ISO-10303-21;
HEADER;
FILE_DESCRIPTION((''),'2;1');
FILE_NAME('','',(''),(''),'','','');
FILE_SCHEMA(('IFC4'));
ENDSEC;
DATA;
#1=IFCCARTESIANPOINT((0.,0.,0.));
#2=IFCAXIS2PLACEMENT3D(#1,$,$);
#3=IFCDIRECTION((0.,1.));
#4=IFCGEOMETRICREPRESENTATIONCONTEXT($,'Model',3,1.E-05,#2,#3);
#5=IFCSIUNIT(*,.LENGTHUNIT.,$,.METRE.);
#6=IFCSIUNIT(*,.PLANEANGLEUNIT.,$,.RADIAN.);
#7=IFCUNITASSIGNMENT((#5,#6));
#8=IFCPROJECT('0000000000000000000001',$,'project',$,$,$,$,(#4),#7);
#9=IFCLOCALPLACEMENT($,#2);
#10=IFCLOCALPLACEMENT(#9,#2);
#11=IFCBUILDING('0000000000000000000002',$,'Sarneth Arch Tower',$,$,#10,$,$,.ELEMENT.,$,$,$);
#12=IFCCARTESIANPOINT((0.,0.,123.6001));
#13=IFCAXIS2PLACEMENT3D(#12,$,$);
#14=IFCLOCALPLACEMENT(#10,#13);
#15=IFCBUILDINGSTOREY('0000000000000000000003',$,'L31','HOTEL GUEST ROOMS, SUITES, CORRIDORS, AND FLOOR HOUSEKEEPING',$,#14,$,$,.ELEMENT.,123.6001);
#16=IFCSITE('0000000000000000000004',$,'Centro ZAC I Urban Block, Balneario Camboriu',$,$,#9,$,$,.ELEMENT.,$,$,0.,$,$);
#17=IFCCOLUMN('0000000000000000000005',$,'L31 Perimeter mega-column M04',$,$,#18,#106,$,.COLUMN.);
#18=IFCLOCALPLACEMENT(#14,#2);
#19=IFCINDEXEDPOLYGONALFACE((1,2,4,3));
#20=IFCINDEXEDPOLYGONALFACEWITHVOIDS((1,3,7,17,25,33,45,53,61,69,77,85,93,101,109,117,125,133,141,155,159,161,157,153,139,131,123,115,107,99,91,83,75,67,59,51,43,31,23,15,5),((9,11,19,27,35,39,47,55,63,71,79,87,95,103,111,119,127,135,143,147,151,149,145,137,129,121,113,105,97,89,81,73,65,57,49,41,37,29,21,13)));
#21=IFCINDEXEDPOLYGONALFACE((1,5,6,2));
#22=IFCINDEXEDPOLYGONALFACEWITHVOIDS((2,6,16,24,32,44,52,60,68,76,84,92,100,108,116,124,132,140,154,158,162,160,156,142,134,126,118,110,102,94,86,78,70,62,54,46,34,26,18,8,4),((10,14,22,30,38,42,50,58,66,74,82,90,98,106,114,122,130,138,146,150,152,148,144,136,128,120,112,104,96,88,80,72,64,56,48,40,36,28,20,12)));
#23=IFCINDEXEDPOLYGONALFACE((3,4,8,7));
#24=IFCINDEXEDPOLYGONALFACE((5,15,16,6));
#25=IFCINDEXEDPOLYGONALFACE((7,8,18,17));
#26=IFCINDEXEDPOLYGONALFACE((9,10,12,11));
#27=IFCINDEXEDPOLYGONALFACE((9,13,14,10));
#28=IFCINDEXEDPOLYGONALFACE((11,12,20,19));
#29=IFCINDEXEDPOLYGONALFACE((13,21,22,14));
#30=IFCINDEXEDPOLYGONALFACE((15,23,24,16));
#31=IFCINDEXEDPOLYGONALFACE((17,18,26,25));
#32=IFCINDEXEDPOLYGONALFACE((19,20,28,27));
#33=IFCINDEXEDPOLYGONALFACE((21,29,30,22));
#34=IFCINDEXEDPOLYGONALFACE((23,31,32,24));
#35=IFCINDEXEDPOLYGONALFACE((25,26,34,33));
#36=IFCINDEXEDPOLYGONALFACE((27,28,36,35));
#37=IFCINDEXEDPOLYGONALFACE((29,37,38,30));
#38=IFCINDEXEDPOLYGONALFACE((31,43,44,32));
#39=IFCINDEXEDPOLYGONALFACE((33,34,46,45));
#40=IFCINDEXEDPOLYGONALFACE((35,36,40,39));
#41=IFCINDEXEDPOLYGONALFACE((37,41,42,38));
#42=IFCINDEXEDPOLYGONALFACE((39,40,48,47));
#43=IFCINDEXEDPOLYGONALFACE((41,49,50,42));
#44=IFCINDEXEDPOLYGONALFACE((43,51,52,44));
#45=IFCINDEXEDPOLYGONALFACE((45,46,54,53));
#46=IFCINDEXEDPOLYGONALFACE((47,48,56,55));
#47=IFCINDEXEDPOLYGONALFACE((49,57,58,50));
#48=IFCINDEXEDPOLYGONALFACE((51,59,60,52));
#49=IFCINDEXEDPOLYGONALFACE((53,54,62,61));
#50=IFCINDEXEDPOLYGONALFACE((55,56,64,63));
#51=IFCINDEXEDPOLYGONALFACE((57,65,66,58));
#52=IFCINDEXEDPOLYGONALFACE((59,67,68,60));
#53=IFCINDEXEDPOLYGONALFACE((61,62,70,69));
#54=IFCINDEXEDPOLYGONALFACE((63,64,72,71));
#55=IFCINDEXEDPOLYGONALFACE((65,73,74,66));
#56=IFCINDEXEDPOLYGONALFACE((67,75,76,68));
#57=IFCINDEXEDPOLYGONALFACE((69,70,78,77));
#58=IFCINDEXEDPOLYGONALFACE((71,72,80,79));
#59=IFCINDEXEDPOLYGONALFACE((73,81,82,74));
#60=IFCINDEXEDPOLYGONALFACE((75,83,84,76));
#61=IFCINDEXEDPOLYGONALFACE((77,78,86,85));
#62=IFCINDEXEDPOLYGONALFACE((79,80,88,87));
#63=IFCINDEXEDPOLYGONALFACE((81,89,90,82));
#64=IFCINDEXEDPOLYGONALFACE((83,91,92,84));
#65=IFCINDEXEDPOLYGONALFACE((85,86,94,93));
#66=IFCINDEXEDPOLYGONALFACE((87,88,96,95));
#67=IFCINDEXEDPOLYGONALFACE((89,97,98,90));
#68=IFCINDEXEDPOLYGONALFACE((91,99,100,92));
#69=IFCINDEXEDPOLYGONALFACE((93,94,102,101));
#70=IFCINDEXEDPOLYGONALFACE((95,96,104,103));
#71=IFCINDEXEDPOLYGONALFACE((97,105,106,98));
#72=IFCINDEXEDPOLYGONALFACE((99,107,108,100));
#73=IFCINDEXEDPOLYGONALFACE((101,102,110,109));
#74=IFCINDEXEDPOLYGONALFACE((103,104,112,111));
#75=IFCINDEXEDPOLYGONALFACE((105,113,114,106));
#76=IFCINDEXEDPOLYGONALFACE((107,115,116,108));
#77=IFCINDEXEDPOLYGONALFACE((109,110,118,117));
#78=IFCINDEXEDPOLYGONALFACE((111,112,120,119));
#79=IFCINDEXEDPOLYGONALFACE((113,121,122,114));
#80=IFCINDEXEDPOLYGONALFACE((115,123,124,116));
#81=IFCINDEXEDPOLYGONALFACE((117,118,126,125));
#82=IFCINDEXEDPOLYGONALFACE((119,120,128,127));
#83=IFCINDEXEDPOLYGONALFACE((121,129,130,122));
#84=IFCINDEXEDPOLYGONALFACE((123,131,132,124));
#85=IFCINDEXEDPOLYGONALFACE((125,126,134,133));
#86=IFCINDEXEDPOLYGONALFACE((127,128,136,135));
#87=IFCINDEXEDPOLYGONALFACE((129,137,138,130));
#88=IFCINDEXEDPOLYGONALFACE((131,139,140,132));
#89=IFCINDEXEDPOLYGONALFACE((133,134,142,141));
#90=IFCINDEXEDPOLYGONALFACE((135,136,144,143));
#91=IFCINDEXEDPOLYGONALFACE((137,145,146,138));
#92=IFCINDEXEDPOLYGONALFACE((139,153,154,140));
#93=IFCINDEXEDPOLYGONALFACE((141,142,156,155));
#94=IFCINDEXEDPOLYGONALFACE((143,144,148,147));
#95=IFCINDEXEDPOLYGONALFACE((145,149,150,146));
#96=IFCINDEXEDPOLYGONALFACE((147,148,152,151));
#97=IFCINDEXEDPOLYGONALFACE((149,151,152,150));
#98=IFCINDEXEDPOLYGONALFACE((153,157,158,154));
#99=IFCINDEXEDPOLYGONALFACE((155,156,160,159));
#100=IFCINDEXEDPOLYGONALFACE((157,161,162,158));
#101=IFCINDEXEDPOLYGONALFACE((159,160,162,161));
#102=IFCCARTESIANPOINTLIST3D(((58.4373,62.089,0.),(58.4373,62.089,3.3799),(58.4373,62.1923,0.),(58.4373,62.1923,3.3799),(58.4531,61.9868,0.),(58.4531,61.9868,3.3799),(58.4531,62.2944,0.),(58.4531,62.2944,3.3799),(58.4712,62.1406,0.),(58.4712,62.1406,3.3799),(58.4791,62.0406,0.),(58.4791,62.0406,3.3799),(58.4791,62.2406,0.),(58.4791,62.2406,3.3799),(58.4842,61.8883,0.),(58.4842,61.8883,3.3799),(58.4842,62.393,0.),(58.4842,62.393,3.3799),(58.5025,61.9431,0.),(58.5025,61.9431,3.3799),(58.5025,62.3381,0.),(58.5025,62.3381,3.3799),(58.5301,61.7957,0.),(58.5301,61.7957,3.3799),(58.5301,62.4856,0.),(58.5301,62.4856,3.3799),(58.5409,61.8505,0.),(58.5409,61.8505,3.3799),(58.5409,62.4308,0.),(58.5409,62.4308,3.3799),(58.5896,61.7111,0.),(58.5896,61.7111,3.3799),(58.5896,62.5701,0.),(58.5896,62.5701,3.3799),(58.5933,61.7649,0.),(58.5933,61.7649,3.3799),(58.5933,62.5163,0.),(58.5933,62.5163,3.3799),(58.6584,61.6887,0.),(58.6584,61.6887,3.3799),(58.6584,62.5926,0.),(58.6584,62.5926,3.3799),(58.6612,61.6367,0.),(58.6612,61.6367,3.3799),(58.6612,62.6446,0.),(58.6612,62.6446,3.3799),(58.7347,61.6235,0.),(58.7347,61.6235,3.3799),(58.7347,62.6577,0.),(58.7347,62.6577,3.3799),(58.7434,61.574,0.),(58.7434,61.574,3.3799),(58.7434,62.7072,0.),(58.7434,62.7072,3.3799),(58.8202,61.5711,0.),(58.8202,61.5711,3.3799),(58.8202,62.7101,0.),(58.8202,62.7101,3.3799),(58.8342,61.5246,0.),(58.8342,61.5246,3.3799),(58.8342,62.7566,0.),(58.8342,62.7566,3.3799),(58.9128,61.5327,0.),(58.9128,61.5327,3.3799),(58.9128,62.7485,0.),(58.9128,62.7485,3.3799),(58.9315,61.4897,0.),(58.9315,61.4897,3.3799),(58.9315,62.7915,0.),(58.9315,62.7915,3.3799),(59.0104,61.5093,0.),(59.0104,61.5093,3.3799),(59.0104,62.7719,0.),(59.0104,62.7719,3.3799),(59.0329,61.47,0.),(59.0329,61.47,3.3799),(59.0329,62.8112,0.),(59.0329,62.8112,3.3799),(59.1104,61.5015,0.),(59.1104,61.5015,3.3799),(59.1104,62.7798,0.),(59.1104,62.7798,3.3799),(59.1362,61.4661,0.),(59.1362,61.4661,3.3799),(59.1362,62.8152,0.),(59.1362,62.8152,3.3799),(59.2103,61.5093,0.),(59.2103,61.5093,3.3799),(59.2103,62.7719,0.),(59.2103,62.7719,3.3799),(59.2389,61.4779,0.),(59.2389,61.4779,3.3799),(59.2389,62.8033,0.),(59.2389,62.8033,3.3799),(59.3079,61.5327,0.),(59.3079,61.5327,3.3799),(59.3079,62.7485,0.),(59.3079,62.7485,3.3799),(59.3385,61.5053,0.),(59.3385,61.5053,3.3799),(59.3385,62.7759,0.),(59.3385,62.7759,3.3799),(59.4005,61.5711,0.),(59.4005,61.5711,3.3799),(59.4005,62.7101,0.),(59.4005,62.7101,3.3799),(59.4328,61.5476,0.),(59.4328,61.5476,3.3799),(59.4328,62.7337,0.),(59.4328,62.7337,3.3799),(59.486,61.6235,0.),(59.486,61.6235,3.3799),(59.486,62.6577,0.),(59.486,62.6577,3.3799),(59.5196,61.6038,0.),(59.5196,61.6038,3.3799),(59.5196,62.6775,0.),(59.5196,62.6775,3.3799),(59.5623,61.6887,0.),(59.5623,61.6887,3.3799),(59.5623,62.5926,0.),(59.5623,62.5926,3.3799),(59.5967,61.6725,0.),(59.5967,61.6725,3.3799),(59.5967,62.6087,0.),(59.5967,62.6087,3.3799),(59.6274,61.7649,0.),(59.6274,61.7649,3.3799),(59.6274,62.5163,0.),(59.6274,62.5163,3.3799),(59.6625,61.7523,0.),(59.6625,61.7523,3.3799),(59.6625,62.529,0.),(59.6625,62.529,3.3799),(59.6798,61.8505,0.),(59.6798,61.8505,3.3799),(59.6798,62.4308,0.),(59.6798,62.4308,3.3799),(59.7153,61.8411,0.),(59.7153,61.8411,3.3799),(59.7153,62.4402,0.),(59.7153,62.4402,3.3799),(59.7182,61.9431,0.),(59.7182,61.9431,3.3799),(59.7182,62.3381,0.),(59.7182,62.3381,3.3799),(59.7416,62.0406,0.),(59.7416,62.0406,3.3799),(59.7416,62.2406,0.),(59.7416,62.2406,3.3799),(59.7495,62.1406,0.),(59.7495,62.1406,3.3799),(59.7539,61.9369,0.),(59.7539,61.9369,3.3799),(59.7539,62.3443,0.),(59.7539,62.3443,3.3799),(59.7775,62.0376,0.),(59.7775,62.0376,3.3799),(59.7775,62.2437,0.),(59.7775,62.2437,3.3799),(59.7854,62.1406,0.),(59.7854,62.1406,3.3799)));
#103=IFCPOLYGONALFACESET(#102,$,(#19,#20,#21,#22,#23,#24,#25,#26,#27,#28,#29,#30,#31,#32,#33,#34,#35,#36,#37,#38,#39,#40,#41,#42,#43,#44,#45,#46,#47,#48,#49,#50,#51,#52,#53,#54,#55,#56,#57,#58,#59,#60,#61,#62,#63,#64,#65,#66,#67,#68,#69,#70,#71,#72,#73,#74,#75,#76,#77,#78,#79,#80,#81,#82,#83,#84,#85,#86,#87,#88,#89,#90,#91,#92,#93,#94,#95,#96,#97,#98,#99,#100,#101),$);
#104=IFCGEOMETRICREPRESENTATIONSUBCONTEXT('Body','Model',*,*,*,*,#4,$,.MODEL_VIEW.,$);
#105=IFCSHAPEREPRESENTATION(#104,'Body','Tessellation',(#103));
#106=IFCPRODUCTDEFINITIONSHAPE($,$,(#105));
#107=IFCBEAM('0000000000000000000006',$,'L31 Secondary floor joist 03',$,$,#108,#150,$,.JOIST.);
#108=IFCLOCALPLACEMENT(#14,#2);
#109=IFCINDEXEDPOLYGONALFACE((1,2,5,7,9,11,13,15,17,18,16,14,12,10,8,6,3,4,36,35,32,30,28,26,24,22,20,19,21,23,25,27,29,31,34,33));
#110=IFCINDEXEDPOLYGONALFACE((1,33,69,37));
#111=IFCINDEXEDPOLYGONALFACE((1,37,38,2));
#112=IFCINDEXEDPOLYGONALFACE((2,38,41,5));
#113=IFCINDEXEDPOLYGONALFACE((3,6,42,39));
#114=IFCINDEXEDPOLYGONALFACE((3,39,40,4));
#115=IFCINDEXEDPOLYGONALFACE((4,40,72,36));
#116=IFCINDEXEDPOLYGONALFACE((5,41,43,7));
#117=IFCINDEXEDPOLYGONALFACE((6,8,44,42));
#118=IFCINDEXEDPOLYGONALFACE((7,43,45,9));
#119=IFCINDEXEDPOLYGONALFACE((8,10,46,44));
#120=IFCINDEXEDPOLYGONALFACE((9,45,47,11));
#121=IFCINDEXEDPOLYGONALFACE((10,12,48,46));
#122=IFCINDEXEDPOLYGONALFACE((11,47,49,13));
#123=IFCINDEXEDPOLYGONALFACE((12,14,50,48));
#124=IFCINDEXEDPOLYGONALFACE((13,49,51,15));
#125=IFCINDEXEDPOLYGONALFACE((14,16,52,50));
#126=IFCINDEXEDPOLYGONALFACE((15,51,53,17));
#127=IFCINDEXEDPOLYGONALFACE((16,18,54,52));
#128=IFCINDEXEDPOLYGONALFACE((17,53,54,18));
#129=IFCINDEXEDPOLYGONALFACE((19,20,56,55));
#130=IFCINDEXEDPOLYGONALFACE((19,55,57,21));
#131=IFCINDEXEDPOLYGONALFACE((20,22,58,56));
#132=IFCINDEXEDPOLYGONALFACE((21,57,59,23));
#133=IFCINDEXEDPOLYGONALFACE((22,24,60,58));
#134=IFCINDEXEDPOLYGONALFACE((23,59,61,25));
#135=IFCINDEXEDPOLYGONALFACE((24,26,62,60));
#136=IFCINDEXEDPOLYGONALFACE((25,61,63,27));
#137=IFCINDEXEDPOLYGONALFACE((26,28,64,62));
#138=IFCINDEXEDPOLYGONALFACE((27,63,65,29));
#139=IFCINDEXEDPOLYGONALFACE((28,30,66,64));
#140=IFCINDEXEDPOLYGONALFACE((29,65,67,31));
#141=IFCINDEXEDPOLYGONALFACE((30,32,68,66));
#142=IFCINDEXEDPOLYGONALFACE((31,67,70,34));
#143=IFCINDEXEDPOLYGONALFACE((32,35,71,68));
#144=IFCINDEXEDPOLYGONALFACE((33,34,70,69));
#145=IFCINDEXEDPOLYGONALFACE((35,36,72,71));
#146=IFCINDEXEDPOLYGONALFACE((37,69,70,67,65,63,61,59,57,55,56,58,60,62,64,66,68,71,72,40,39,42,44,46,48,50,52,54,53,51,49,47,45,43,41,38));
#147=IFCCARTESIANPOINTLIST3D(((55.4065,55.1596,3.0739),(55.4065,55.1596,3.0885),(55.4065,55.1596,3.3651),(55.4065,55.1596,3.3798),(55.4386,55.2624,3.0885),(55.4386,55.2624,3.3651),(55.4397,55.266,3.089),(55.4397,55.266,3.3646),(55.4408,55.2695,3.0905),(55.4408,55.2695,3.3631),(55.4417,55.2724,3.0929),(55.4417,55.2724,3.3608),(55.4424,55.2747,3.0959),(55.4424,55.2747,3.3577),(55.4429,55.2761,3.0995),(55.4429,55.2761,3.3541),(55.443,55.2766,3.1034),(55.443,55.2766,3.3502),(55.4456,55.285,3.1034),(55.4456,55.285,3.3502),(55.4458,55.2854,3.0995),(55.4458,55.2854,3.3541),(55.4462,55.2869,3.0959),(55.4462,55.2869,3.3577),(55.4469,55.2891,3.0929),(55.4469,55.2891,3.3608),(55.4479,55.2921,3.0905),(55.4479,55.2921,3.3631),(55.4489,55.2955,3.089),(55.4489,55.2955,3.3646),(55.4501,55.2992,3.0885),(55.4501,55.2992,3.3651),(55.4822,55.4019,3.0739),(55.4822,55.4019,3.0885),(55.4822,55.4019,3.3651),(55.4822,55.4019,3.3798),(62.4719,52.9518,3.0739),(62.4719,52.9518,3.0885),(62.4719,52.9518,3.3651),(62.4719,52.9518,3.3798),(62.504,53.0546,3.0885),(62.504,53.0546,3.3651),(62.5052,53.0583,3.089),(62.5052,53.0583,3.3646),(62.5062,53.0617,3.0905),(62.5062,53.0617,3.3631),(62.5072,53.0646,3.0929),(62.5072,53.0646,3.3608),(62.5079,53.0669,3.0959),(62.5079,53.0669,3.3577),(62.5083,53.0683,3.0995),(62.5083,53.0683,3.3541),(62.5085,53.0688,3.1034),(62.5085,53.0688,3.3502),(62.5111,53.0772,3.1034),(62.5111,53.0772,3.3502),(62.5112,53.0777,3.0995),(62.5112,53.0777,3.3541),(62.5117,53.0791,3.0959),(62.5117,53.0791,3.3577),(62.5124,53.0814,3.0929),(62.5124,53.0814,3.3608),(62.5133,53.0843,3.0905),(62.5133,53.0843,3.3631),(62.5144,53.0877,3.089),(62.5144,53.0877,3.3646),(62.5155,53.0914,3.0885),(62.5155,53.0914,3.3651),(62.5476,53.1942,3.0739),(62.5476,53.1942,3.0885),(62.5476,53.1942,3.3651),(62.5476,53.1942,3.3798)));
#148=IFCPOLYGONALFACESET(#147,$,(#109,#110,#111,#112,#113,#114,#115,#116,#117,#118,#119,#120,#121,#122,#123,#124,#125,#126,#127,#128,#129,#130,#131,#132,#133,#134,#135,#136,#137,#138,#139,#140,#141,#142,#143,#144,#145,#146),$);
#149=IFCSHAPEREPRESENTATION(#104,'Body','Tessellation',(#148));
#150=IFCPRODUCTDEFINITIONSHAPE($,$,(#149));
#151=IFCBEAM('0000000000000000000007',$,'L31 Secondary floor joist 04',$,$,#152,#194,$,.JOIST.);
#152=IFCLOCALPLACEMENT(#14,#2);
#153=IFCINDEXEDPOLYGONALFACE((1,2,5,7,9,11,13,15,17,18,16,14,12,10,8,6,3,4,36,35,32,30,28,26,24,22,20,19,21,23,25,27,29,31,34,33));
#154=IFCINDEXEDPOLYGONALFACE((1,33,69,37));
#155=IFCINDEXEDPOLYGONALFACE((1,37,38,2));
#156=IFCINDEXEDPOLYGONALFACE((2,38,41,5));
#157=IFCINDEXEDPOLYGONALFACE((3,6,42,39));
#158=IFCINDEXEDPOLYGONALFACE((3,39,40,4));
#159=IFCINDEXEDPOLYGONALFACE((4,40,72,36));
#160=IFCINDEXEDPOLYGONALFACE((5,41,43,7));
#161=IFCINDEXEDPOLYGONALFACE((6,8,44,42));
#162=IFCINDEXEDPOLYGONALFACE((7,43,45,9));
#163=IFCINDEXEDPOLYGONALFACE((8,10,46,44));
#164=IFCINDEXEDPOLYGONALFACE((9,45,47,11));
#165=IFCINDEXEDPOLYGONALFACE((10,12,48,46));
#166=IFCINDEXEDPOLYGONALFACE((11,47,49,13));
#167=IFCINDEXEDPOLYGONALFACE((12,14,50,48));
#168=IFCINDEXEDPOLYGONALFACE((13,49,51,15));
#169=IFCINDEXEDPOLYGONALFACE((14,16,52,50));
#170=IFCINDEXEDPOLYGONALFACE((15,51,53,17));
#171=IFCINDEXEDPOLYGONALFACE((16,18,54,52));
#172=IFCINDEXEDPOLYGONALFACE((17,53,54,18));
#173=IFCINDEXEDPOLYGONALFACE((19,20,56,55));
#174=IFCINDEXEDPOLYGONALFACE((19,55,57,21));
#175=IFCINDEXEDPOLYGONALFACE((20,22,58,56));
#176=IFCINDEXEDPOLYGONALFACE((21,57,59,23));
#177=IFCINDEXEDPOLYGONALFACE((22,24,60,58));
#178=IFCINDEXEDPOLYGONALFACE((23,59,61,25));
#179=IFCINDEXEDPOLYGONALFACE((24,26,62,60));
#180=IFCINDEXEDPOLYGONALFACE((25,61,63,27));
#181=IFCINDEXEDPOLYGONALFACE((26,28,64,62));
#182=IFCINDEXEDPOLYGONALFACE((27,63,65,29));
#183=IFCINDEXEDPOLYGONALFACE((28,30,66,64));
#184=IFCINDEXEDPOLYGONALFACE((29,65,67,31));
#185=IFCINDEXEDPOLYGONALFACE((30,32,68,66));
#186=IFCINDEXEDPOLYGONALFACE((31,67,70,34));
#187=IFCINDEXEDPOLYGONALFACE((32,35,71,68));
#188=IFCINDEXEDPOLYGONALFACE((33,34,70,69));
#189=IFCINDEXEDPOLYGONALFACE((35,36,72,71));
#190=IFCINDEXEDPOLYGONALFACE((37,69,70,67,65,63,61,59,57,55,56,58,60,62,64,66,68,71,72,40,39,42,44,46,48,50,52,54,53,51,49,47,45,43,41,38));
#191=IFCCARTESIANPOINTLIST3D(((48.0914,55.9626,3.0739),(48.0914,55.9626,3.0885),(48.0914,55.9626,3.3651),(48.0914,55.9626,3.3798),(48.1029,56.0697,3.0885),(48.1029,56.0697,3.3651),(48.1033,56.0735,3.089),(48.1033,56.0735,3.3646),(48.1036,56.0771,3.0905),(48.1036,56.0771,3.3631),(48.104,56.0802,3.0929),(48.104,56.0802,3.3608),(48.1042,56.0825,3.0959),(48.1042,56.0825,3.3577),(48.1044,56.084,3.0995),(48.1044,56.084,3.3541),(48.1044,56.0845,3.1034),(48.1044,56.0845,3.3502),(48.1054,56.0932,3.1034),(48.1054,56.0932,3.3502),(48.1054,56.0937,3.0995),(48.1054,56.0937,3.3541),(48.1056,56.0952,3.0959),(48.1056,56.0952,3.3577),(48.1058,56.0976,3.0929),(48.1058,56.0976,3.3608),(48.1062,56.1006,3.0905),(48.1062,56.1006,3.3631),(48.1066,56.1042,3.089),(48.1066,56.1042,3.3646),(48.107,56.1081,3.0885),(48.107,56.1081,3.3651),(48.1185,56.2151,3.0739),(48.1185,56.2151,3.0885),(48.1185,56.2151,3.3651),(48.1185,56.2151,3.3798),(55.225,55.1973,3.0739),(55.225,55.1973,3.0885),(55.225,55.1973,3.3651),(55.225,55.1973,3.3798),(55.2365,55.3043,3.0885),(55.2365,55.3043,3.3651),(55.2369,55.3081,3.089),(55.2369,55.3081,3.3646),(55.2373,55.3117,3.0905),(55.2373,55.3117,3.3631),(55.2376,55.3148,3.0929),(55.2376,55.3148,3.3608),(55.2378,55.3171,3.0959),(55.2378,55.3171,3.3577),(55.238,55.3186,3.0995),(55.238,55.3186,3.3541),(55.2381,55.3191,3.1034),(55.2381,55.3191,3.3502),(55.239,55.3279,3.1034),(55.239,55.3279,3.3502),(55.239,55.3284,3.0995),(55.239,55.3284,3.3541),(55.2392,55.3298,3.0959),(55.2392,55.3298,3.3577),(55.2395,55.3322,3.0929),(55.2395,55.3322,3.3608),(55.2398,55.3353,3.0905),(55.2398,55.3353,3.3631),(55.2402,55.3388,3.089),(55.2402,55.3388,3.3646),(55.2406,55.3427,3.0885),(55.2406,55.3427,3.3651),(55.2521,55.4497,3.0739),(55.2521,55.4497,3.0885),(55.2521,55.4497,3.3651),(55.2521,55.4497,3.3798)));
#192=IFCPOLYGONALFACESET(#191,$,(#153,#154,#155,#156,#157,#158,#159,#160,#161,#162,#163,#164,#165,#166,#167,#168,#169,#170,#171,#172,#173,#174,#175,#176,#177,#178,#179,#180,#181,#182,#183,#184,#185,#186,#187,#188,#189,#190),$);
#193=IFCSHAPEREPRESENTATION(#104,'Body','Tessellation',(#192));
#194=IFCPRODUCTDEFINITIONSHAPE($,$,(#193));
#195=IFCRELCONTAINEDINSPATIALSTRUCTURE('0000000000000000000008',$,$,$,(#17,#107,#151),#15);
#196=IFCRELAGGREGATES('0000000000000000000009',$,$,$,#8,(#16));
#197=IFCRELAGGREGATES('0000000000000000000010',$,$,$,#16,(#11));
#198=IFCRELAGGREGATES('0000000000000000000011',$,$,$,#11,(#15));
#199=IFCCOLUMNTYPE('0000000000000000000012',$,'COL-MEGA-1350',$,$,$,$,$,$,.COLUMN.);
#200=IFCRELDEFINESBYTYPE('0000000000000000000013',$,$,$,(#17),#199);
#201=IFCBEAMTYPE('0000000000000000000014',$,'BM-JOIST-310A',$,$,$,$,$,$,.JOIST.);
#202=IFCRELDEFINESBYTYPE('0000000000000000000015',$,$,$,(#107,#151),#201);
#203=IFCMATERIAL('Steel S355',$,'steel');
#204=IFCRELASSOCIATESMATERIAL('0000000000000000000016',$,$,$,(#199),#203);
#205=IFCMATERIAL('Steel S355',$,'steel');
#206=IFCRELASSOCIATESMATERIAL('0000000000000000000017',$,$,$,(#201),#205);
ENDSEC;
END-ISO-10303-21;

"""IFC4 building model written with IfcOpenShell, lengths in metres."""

from ifc_helpers import new_model, si_unit, direction, frame, origin, origin_2d, place, context, subcontext, project, spatial, hollow_circle, i_section, extrude, material, material_profile, profile_set, type_object, element, save


model = new_model("IFC4")

# Units and contexts
model_context = context("Model", 3, precision=1e-05, world=origin(), true_north=direction((0.0, 1.0)))
body_context = subcontext(model_context, "Body", "Model", "MODEL_VIEW")
ifc_project = project(units=[si_unit("LENGTHUNIT", "METRE"), si_unit("PLANEANGLEUNIT", "RADIAN")], contexts=[model_context])

# Site, building, storey
site_placement = place(None, origin())
site = spatial("IfcSite", under=ifc_project, at=site_placement, Name="Centro ZAC I Urban Block, Balneario Camboriu", CompositionType="ELEMENT", RefElevation=0.0)
building_placement = place(site_placement, origin())
building = spatial("IfcBuilding", under=site, at=building_placement, Name="Sarneth Arch Tower", CompositionType="ELEMENT")
storey_placement = place(building_placement, frame((0.0, 0.0, 123.6001)))
storey = spatial("IfcBuildingStorey", under=building, at=storey_placement, Name="L31", Description="HOTEL GUEST ROOMS, SUITES, CORRIDORS, AND FLOOR HOUSEKEEPING", CompositionType="ELEMENT", Elevation=123.6001)

# Column
ifc_material_1 = material(Name="Steel S355", Category="steel")
ifc_material_profile_1 = material_profile(ifc_material_1, hollow_circle(Radius=0.675, WallThickness=0.0359, at=origin_2d()), Name="CHS1350x36")
ifc_profile_set_1 = profile_set([ifc_material_profile_1], Name="Steel S355")
column_type = type_object("IfcColumnType", Name="COL-MEGA-1350", PredefinedType="COLUMN", material=ifc_profile_set_1)
column_placement = place(storey_placement, frame((59.1104, 62.1406, 0.0), z_axis=(0.0, 0.0, 1.0), x_axis=(1.0, 0.0, 0.0)))
element("IfcColumn", 1, at=column_placement, inside=storey, type_object=column_type, Name="L31 Perimeter mega-column M04", PredefinedType="COLUMN", context=body_context, shape_type="SweptSolid", body=[
    extrude(hollow_circle(Radius=0.675, WallThickness=0.0359, at=origin_2d()), origin(), (0.0, 0.0, 1.0), 3.3799),
])

# Beams
ifc_material_2 = material(Name="Steel S355", Category="steel")
ifc_material_profile_2 = material_profile(ifc_material_2, i_section(OverallWidth=0.2539, OverallDepth=0.3059, WebThickness=0.0088, FlangeThickness=0.0146, FilletRadius=0.0149, at=origin_2d()), Name="W310x79")
ifc_profile_set_2 = profile_set([ifc_material_profile_2], Name="Steel S355")
beam_type_1 = type_object("IfcBeamType", Name="BM-JOIST-310A", PredefinedType="JOIST", material=ifc_profile_set_2)
beam_1_placement = place(storey_placement, frame((62.5098, 53.073, 3.2268), z_axis=(-0.954487, 0.298252, 0.0), x_axis=(-0.298252, -0.954487, 0.0)))
element("IfcBeam", 2, at=beam_1_placement, inside=storey, type_object=beam_type_1, Name="L31 Secondary floor joist 03", PredefinedType="JOIST", context=body_context, shape_type="SweptSolid", body=[
    extrude(i_section(OverallWidth=0.2539, OverallDepth=0.3059, WebThickness=0.0088, FlangeThickness=0.0146, FilletRadius=0.0149, at=origin_2d()), origin(), (0.0, 0.0, 1.0), 7.4023),
])
beam_2_placement = place(storey_placement, frame((55.2385, 55.3235, 3.2268), z_axis=(-0.994293, 0.106681, 0.0), x_axis=(-0.106681, -0.994293, 0.0)))
element("IfcBeam", 3, at=beam_2_placement, inside=storey, type_object=beam_type_1, Name="L31 Secondary floor joist 04", PredefinedType="JOIST", context=body_context, shape_type="SweptSolid", body=[
    extrude(i_section(OverallWidth=0.2539, OverallDepth=0.3059, WebThickness=0.0088, FlangeThickness=0.0146, FilletRadius=0.0149, at=origin_2d()), origin(), (0.0, 0.0, 1.0), 7.1746),
])

save(model, "model.ifc")
